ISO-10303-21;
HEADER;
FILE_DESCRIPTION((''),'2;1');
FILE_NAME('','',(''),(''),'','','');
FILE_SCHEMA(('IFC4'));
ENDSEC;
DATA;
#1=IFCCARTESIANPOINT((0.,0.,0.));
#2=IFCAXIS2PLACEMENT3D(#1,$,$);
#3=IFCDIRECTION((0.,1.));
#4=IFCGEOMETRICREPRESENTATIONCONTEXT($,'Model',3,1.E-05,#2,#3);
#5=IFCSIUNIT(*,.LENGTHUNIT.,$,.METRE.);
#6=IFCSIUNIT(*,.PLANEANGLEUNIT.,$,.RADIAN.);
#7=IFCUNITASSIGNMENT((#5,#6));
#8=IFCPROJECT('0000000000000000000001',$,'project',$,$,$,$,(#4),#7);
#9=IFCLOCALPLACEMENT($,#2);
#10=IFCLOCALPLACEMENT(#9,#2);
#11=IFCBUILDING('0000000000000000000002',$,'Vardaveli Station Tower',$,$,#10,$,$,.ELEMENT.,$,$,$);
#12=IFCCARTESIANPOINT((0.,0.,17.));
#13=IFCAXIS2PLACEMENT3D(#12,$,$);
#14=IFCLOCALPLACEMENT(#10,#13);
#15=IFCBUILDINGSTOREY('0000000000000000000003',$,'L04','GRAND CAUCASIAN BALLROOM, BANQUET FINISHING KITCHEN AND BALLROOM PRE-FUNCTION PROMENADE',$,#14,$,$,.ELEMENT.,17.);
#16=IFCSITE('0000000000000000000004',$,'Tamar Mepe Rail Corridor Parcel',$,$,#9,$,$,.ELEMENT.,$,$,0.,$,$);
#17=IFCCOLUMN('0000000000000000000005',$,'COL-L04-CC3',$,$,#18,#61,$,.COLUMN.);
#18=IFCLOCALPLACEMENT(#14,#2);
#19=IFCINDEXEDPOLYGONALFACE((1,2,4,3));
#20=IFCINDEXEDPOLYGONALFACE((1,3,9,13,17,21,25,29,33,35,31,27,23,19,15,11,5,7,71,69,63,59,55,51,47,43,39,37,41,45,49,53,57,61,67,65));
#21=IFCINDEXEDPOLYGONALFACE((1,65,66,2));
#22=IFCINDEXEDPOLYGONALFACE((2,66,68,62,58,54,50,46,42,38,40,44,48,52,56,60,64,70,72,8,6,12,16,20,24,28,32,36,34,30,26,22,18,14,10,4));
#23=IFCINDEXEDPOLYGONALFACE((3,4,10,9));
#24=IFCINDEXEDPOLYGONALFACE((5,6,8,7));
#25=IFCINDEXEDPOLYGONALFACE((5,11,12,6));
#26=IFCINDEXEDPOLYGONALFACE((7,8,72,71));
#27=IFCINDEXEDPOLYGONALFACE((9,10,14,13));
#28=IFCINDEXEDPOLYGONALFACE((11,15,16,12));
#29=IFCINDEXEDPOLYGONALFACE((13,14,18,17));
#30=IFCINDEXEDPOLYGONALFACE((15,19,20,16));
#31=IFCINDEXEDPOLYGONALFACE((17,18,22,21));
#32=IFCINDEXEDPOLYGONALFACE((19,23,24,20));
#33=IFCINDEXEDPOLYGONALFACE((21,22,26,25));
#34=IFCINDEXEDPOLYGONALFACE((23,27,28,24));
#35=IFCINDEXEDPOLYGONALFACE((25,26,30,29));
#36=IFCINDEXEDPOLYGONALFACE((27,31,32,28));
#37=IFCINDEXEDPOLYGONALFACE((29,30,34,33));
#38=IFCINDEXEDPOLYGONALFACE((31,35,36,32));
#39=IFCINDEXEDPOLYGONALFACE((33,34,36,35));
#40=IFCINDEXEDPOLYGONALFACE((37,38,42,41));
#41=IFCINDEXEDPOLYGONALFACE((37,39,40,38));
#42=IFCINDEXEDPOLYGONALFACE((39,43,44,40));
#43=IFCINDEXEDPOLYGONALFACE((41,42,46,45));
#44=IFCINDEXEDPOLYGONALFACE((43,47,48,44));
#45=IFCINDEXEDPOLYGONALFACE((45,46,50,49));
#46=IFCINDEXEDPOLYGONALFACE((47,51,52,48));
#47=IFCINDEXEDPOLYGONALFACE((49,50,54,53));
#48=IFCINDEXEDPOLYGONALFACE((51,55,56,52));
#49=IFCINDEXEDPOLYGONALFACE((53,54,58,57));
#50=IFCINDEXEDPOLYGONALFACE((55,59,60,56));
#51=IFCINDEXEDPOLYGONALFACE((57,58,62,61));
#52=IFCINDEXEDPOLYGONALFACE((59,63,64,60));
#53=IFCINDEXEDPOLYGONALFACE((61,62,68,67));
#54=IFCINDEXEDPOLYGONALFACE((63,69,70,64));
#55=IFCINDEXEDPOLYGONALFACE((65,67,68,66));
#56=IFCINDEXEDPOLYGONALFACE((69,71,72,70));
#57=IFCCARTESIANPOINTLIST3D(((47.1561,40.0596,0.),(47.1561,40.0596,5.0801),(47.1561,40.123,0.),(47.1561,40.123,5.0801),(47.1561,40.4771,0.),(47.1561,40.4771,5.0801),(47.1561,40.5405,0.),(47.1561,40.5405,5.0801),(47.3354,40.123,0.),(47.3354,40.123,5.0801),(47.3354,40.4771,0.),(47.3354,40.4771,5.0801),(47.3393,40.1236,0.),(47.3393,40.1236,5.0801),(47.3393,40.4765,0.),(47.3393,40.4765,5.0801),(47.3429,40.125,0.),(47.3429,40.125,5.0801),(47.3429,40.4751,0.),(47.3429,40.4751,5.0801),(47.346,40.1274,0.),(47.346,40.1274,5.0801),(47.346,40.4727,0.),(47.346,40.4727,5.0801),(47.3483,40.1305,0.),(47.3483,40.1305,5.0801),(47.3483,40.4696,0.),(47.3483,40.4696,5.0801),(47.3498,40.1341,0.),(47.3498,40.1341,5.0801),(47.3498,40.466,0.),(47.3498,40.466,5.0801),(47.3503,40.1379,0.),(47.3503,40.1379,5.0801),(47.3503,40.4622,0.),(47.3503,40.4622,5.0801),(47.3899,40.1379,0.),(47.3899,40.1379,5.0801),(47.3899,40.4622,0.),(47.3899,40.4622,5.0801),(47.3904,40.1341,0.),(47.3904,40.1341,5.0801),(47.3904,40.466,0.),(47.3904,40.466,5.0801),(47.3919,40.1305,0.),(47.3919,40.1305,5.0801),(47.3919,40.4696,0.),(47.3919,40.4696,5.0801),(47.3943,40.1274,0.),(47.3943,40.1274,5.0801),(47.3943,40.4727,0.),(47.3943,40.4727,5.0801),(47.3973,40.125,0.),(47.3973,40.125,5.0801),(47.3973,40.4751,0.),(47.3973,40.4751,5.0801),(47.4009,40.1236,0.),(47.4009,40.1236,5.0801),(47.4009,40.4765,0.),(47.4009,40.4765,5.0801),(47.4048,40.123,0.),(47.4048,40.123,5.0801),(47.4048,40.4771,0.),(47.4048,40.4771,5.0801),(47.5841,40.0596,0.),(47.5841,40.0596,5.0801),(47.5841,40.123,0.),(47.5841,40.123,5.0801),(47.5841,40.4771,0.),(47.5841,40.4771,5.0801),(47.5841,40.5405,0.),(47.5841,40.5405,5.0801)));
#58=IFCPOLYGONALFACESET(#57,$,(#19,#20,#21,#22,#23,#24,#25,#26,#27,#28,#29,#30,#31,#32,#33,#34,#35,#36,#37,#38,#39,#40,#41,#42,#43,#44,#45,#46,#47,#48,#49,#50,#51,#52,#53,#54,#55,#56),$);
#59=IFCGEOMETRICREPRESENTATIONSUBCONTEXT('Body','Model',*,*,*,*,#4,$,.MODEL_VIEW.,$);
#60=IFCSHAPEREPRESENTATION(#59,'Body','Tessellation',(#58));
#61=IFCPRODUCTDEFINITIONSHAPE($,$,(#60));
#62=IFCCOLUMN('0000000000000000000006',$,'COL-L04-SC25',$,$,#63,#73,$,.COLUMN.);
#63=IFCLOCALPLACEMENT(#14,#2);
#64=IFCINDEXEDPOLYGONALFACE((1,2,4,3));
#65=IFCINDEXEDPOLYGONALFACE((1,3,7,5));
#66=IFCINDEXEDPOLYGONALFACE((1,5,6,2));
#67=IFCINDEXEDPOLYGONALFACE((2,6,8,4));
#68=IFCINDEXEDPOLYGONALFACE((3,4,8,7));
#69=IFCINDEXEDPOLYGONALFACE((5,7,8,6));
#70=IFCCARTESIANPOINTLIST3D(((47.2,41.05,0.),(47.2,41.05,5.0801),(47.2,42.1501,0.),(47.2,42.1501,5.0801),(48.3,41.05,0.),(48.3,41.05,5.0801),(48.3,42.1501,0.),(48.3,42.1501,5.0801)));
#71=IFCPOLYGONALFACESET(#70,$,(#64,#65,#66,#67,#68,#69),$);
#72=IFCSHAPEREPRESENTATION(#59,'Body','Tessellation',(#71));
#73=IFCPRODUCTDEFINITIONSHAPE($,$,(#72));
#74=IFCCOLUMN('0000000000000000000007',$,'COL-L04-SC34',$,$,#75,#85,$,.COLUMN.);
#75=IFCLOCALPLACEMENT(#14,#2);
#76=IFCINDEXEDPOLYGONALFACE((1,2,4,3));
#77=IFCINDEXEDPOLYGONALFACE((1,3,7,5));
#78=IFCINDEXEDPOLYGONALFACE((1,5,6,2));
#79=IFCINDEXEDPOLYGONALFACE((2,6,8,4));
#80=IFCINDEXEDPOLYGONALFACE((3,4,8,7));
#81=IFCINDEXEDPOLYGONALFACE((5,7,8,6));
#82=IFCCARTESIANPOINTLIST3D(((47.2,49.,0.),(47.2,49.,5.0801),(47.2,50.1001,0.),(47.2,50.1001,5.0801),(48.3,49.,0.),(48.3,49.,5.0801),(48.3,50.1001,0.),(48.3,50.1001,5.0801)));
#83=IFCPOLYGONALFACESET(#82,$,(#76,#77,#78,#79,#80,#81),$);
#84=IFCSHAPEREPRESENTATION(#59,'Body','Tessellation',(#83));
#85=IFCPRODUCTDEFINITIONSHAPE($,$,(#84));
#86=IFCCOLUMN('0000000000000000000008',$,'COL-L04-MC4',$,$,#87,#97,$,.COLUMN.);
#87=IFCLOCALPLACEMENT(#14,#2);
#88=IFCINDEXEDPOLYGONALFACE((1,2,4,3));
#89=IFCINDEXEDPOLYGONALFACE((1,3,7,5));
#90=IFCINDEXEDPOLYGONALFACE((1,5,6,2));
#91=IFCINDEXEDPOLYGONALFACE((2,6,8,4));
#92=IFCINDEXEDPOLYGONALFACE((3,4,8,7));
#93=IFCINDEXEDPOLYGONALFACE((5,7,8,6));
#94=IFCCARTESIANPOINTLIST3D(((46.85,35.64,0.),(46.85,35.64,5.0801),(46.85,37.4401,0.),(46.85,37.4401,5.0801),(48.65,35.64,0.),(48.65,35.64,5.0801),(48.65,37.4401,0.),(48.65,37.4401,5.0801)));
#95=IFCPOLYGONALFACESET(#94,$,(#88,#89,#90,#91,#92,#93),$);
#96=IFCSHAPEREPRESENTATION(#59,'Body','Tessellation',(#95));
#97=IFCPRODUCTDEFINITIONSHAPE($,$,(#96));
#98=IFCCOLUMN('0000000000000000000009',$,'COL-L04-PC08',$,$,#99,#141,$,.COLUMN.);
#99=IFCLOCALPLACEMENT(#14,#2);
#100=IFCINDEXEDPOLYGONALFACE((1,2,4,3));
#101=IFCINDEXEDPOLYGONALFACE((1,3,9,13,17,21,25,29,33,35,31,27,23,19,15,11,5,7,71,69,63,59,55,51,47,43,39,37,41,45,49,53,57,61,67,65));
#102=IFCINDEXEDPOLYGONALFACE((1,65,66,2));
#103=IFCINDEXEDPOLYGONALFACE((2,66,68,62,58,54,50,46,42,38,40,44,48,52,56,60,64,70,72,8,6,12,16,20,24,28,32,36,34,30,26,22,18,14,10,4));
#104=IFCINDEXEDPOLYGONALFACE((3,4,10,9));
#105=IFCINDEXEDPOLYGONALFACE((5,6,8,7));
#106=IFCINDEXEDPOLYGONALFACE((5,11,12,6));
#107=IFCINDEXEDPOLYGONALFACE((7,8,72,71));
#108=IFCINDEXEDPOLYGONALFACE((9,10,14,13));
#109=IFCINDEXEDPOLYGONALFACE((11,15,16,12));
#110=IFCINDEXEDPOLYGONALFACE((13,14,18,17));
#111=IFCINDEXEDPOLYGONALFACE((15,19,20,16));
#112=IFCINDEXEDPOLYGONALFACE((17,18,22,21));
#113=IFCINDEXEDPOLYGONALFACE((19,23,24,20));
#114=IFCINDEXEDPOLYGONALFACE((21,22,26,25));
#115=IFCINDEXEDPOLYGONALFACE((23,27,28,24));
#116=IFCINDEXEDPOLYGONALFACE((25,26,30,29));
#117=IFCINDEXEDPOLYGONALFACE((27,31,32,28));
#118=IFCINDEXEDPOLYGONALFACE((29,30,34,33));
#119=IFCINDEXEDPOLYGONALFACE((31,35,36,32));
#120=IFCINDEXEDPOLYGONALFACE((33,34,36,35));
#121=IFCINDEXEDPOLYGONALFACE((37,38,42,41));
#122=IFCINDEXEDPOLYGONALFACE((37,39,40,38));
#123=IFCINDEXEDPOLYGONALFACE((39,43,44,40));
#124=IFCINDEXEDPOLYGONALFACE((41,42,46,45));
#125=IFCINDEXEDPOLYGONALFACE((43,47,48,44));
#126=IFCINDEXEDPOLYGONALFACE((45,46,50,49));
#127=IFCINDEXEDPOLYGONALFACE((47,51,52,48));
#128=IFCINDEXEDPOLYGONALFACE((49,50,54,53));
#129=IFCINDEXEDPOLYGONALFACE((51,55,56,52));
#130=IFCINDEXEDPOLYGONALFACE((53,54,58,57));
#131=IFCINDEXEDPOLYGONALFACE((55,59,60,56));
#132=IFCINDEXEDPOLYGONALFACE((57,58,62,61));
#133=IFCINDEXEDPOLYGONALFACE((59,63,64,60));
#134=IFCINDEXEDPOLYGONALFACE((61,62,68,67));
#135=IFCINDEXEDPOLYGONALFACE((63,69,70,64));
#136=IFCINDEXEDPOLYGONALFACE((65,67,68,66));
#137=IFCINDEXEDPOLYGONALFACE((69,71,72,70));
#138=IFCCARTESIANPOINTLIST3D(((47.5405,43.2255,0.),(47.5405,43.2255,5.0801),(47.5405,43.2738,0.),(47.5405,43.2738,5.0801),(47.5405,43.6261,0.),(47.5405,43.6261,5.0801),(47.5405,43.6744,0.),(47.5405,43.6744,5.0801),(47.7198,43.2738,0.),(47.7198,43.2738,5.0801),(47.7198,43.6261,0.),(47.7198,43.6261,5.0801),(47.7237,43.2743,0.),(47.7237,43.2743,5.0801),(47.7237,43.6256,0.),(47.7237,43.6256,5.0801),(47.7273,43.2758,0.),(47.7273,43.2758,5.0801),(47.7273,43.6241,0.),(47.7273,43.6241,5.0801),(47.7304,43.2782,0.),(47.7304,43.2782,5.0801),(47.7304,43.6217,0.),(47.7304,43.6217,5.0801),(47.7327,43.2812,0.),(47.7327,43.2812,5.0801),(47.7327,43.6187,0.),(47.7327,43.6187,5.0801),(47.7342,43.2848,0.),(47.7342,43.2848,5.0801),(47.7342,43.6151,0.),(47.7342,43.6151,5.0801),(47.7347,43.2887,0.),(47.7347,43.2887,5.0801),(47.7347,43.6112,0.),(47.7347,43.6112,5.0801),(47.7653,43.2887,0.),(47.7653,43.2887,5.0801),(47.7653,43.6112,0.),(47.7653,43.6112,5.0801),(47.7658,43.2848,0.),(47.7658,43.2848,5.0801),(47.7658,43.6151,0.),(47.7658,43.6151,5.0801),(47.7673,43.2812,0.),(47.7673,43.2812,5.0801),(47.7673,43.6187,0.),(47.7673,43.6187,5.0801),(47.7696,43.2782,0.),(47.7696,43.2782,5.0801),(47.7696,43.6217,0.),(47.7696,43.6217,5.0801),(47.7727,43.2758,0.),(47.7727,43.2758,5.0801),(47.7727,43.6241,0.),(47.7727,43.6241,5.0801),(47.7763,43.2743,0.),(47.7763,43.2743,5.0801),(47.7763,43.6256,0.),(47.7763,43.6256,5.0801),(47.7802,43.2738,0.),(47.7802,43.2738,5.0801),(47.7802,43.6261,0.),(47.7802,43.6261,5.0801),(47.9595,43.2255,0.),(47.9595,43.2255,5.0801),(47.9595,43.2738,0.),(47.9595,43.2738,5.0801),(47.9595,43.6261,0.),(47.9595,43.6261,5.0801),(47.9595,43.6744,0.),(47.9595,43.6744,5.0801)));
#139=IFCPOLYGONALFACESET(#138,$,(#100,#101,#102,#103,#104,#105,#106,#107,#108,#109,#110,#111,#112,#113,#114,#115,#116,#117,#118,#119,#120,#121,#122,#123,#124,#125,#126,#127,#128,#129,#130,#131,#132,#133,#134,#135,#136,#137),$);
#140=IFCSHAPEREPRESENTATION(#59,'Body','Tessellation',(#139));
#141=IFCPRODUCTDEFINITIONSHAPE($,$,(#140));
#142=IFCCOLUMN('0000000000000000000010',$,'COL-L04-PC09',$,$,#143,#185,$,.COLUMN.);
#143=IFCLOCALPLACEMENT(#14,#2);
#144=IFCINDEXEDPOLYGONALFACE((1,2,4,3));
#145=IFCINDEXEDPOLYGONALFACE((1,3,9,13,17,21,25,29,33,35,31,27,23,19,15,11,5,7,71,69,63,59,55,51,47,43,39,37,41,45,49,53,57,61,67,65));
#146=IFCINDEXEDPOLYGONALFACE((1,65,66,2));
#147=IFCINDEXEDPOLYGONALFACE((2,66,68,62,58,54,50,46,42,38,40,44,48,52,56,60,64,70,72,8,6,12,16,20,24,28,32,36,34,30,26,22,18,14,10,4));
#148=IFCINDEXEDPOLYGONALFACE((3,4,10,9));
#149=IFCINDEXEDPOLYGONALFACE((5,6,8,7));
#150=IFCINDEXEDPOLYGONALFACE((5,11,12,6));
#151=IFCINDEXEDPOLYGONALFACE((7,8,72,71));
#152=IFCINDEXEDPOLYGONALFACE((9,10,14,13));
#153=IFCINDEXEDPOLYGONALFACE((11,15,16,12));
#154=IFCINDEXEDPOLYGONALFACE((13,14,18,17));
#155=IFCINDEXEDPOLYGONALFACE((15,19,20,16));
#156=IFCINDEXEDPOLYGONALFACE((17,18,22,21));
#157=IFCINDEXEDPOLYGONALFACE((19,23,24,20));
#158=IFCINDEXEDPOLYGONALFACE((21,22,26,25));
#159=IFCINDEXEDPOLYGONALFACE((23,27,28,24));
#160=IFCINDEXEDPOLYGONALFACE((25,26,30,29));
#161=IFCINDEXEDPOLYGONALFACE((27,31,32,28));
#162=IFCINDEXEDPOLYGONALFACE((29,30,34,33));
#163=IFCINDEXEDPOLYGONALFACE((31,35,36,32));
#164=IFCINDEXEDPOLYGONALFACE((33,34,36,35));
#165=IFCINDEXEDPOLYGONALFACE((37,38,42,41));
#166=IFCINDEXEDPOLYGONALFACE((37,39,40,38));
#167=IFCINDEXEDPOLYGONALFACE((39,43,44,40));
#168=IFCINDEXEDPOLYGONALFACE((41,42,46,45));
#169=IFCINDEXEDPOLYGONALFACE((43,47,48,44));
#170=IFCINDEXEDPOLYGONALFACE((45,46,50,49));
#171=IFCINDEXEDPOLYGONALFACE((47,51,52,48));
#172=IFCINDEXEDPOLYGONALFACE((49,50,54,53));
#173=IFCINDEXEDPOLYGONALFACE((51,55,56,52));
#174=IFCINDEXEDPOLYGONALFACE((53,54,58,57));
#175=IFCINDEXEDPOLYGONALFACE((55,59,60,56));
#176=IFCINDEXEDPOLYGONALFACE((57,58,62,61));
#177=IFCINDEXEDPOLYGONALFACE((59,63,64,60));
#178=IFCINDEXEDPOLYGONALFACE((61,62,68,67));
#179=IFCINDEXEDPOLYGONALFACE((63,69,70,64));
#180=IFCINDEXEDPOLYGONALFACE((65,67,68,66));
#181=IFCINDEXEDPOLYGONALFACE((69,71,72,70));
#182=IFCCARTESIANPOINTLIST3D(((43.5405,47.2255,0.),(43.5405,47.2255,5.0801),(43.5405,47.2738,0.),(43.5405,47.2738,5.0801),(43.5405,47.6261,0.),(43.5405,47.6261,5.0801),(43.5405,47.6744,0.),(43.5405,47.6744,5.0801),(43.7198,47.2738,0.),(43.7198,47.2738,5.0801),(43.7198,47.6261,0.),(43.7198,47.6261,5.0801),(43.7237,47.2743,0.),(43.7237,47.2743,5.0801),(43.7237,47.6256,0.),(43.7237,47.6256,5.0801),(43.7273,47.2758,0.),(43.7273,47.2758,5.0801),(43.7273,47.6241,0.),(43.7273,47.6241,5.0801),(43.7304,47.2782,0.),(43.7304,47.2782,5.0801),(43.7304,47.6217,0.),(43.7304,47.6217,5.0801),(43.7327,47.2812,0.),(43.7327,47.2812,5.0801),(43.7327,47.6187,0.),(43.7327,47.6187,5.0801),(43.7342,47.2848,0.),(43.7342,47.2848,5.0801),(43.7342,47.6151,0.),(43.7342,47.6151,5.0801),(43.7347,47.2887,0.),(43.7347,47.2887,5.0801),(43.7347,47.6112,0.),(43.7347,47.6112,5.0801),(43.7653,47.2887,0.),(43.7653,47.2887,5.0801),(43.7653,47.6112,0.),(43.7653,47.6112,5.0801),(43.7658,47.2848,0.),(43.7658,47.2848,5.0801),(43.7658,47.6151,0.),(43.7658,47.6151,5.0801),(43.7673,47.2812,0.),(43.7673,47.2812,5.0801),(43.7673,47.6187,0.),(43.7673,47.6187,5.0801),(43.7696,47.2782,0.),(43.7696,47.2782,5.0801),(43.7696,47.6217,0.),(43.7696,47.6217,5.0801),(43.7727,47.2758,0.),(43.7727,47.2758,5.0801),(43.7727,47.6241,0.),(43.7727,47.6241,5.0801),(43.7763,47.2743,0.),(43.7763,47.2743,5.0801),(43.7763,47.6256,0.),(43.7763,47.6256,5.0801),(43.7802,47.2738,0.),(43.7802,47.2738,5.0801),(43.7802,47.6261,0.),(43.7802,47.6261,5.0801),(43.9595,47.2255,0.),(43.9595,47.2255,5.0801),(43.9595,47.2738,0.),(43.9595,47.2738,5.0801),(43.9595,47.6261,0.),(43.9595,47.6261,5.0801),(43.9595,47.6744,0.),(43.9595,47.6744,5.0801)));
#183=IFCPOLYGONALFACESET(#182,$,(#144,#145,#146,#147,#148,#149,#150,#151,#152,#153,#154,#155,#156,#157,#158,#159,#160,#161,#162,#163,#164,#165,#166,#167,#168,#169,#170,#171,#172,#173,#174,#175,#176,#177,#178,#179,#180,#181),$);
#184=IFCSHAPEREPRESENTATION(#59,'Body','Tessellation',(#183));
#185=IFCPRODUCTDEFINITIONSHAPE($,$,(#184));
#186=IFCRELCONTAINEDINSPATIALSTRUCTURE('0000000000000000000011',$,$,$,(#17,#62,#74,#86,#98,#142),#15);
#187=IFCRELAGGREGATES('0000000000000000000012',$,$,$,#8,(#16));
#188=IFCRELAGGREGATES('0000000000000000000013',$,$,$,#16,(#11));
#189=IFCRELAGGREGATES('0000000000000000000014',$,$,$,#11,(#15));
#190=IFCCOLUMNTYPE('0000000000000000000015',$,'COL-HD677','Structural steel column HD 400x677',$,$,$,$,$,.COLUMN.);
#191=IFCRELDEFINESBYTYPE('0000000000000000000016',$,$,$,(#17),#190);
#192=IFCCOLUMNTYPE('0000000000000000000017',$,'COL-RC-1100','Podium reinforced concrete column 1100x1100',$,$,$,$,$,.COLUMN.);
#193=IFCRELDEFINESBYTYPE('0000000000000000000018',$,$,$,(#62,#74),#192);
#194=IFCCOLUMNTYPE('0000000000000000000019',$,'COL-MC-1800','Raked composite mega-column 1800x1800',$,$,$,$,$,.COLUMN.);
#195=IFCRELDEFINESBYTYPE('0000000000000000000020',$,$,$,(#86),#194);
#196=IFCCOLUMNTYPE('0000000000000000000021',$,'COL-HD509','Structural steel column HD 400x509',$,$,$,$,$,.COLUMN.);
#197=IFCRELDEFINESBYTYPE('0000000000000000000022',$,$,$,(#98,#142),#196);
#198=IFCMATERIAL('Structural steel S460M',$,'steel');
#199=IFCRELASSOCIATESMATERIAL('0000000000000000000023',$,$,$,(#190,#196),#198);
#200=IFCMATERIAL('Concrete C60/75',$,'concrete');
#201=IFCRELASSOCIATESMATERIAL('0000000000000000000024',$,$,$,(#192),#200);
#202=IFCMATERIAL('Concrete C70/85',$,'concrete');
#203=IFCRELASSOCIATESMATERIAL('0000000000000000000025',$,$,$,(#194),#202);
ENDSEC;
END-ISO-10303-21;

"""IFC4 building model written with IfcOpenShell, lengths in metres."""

from ifc_helpers import new_model, si_unit, direction, frame, origin, origin_2d, place, context, subcontext, project, spatial, rectangle, i_section, extrude, source, transform, mapped, material, material_profile, profile_set, type_object, element, save


model = new_model("IFC4")

# Units and contexts
model_context = context("Model", 3, precision=1e-05, world=origin(), true_north=direction((0.0, 1.0)))
body_context = subcontext(model_context, "Body", "Model", "MODEL_VIEW")
ifc_project = project(units=[si_unit("LENGTHUNIT", "METRE"), si_unit("PLANEANGLEUNIT", "RADIAN")], contexts=[model_context])

# Site, building, storey
site_placement = place(None, origin())
site = spatial("IfcSite", under=ifc_project, at=site_placement, Name="Tamar Mepe Rail Corridor Parcel", CompositionType="ELEMENT", RefElevation=0.0)
building_placement = place(site_placement, origin())
building = spatial("IfcBuilding", under=site, at=building_placement, Name="Vardaveli Station Tower", CompositionType="ELEMENT")
storey_placement = place(building_placement, frame((0.0, 0.0, 17.0)))
storey = spatial("IfcBuildingStorey", under=building, at=storey_placement, Name="L04", Description="GRAND CAUCASIAN BALLROOM, BANQUET FINISHING KITCHEN AND BALLROOM PRE-FUNCTION PROMENADE", CompositionType="ELEMENT", Elevation=17.0)

# Columns
ifc_material_1 = material(Name="Structural steel S460M", Category="steel")
ifc_material_profile_1 = material_profile(ifc_material_1, i_section(OverallWidth=0.428, OverallDepth=0.481, WebThickness=0.0396, FlangeThickness=0.0635, FilletRadius=0.0149, at=origin_2d()), Name="HD 400x677")
ifc_profile_set_1 = profile_set([ifc_material_profile_1], Name="Structural steel S460M")
column_type_1 = type_object("IfcColumnType", Name="COL-HD677", Description="Structural steel column HD 400x677", PredefinedType="COLUMN", material=ifc_profile_set_1)
shared_shape_1 = source(origin(), body_context, "Body", "SweptSolid", [
    extrude(i_section(OverallWidth=0.428, OverallDepth=0.481, WebThickness=0.0396, FlangeThickness=0.0635, FilletRadius=0.0149, at=origin_2d()), origin(), (0.0, 0.0, 1.0), 5.0801),
])
column_1_placement = place(storey_placement, frame((47.3701, 40.3, 0.0), z_axis=(0.0, 0.0, 1.0), x_axis=(1.0, 0.0, 0.0)))
element("IfcColumn", 1, at=column_1_placement, inside=storey, type_object=column_type_1, Name="COL-L04-CC3", PredefinedType="COLUMN", context=body_context, shape_type="MappedRepresentation", body=[
    mapped(shared_shape_1, transform((0.0, 0.0, 0.0), scale=1.0)),
])
ifc_material_2 = material(Name="Concrete C60/75", Category="concrete")
ifc_material_profile_2 = material_profile(ifc_material_2, rectangle(XDim=1.1001, YDim=1.1001, at=origin_2d()), Name="RC 1100x1100")
ifc_profile_set_2 = profile_set([ifc_material_profile_2], Name="Concrete C60/75")
column_type_2 = type_object("IfcColumnType", Name="COL-RC-1100", Description="Podium reinforced concrete column 1100x1100", PredefinedType="COLUMN", material=ifc_profile_set_2)
shared_shape_2 = source(origin(), body_context, "Body", "SweptSolid", [
    extrude(rectangle(XDim=1.1001, YDim=1.1001, at=origin_2d()), origin(), (0.0, 0.0, 1.0), 5.0801),
])
for number, where, z_axis, x_axis, name in (
    (2, (47.75, 41.6001, 0.0), (0.0, 0.0, 1.0), (1.0, 0.0, 0.0), "COL-L04-SC25"),
    (3, (47.75, 49.55, 0.0), (0.0, 0.0, 1.0), (1.0, 0.0, 0.0), "COL-L04-SC34"),
):
    element("IfcColumn", number, at=place(storey_placement, frame(where, z_axis=z_axis, x_axis=x_axis)), inside=storey, type_object=column_type_2, Name=name, PredefinedType="COLUMN", context=body_context, shape_type="MappedRepresentation", body=[
        mapped(shared_shape_2, transform((0.0, 0.0, 0.0), scale=1.0)),
    ])
ifc_material_3 = material(Name="Concrete C70/85", Category="concrete")
ifc_material_profile_3 = material_profile(ifc_material_3, rectangle(XDim=1.8, YDim=1.8, at=origin_2d()), Name="MC 1800x1800")
ifc_profile_set_3 = profile_set([ifc_material_profile_3], Name="Concrete C70/85")
column_type_3 = type_object("IfcColumnType", Name="COL-MC-1800", Description="Raked composite mega-column 1800x1800", PredefinedType="COLUMN", material=ifc_profile_set_3)
shared_shape_3 = source(origin(), body_context, "Body", "SweptSolid", [
    extrude(rectangle(XDim=1.8, YDim=1.8, at=origin_2d()), origin(), (0.0, 0.0, 1.0), 5.0801),
])
column_2_placement = place(storey_placement, frame((47.75, 36.54, 0.0), z_axis=(0.0, 0.0, 1.0), x_axis=(1.0, 0.0, 0.0)))
element("IfcColumn", 4, at=column_2_placement, inside=storey, type_object=column_type_3, Name="COL-L04-MC4", PredefinedType="COLUMN", context=body_context, shape_type="MappedRepresentation", body=[
    mapped(shared_shape_3, transform((0.0, 0.0, 0.0), scale=1.0)),
])
ifc_material_profile_4 = material_profile(ifc_material_1, i_section(OverallWidth=0.4189, OverallDepth=0.449, WebThickness=0.0305, FlangeThickness=0.0483, FilletRadius=0.0149, at=origin_2d()), Name="HD 400x509")
ifc_profile_set_4 = profile_set([ifc_material_profile_4], Name="Structural steel S460M")
column_type_4 = type_object("IfcColumnType", Name="COL-HD509", Description="Structural steel column HD 400x509", PredefinedType="COLUMN", material=ifc_profile_set_4)
shared_shape_4 = source(origin(), body_context, "Body", "SweptSolid", [
    extrude(i_section(OverallWidth=0.4189, OverallDepth=0.449, WebThickness=0.0305, FlangeThickness=0.0483, FilletRadius=0.0149, at=origin_2d()), origin(), (0.0, 0.0, 1.0), 5.0801),
])
for number, where, z_axis, x_axis, name in (
    (5, (47.75, 43.45, 0.0), (0.0, 0.0, 1.0), (1.0, 0.0, 0.0), "COL-L04-PC08"),
    (6, (43.75, 47.45, 0.0), (0.0, 0.0, 1.0), (1.0, 0.0, 0.0), "COL-L04-PC09"),
):
    element("IfcColumn", number, at=place(storey_placement, frame(where, z_axis=z_axis, x_axis=x_axis)), inside=storey, type_object=column_type_4, Name=name, PredefinedType="COLUMN", context=body_context, shape_type="MappedRepresentation", body=[
        mapped(shared_shape_4, transform((0.0, 0.0, 0.0), scale=1.0)),
    ])

save(model, "model.ifc")
